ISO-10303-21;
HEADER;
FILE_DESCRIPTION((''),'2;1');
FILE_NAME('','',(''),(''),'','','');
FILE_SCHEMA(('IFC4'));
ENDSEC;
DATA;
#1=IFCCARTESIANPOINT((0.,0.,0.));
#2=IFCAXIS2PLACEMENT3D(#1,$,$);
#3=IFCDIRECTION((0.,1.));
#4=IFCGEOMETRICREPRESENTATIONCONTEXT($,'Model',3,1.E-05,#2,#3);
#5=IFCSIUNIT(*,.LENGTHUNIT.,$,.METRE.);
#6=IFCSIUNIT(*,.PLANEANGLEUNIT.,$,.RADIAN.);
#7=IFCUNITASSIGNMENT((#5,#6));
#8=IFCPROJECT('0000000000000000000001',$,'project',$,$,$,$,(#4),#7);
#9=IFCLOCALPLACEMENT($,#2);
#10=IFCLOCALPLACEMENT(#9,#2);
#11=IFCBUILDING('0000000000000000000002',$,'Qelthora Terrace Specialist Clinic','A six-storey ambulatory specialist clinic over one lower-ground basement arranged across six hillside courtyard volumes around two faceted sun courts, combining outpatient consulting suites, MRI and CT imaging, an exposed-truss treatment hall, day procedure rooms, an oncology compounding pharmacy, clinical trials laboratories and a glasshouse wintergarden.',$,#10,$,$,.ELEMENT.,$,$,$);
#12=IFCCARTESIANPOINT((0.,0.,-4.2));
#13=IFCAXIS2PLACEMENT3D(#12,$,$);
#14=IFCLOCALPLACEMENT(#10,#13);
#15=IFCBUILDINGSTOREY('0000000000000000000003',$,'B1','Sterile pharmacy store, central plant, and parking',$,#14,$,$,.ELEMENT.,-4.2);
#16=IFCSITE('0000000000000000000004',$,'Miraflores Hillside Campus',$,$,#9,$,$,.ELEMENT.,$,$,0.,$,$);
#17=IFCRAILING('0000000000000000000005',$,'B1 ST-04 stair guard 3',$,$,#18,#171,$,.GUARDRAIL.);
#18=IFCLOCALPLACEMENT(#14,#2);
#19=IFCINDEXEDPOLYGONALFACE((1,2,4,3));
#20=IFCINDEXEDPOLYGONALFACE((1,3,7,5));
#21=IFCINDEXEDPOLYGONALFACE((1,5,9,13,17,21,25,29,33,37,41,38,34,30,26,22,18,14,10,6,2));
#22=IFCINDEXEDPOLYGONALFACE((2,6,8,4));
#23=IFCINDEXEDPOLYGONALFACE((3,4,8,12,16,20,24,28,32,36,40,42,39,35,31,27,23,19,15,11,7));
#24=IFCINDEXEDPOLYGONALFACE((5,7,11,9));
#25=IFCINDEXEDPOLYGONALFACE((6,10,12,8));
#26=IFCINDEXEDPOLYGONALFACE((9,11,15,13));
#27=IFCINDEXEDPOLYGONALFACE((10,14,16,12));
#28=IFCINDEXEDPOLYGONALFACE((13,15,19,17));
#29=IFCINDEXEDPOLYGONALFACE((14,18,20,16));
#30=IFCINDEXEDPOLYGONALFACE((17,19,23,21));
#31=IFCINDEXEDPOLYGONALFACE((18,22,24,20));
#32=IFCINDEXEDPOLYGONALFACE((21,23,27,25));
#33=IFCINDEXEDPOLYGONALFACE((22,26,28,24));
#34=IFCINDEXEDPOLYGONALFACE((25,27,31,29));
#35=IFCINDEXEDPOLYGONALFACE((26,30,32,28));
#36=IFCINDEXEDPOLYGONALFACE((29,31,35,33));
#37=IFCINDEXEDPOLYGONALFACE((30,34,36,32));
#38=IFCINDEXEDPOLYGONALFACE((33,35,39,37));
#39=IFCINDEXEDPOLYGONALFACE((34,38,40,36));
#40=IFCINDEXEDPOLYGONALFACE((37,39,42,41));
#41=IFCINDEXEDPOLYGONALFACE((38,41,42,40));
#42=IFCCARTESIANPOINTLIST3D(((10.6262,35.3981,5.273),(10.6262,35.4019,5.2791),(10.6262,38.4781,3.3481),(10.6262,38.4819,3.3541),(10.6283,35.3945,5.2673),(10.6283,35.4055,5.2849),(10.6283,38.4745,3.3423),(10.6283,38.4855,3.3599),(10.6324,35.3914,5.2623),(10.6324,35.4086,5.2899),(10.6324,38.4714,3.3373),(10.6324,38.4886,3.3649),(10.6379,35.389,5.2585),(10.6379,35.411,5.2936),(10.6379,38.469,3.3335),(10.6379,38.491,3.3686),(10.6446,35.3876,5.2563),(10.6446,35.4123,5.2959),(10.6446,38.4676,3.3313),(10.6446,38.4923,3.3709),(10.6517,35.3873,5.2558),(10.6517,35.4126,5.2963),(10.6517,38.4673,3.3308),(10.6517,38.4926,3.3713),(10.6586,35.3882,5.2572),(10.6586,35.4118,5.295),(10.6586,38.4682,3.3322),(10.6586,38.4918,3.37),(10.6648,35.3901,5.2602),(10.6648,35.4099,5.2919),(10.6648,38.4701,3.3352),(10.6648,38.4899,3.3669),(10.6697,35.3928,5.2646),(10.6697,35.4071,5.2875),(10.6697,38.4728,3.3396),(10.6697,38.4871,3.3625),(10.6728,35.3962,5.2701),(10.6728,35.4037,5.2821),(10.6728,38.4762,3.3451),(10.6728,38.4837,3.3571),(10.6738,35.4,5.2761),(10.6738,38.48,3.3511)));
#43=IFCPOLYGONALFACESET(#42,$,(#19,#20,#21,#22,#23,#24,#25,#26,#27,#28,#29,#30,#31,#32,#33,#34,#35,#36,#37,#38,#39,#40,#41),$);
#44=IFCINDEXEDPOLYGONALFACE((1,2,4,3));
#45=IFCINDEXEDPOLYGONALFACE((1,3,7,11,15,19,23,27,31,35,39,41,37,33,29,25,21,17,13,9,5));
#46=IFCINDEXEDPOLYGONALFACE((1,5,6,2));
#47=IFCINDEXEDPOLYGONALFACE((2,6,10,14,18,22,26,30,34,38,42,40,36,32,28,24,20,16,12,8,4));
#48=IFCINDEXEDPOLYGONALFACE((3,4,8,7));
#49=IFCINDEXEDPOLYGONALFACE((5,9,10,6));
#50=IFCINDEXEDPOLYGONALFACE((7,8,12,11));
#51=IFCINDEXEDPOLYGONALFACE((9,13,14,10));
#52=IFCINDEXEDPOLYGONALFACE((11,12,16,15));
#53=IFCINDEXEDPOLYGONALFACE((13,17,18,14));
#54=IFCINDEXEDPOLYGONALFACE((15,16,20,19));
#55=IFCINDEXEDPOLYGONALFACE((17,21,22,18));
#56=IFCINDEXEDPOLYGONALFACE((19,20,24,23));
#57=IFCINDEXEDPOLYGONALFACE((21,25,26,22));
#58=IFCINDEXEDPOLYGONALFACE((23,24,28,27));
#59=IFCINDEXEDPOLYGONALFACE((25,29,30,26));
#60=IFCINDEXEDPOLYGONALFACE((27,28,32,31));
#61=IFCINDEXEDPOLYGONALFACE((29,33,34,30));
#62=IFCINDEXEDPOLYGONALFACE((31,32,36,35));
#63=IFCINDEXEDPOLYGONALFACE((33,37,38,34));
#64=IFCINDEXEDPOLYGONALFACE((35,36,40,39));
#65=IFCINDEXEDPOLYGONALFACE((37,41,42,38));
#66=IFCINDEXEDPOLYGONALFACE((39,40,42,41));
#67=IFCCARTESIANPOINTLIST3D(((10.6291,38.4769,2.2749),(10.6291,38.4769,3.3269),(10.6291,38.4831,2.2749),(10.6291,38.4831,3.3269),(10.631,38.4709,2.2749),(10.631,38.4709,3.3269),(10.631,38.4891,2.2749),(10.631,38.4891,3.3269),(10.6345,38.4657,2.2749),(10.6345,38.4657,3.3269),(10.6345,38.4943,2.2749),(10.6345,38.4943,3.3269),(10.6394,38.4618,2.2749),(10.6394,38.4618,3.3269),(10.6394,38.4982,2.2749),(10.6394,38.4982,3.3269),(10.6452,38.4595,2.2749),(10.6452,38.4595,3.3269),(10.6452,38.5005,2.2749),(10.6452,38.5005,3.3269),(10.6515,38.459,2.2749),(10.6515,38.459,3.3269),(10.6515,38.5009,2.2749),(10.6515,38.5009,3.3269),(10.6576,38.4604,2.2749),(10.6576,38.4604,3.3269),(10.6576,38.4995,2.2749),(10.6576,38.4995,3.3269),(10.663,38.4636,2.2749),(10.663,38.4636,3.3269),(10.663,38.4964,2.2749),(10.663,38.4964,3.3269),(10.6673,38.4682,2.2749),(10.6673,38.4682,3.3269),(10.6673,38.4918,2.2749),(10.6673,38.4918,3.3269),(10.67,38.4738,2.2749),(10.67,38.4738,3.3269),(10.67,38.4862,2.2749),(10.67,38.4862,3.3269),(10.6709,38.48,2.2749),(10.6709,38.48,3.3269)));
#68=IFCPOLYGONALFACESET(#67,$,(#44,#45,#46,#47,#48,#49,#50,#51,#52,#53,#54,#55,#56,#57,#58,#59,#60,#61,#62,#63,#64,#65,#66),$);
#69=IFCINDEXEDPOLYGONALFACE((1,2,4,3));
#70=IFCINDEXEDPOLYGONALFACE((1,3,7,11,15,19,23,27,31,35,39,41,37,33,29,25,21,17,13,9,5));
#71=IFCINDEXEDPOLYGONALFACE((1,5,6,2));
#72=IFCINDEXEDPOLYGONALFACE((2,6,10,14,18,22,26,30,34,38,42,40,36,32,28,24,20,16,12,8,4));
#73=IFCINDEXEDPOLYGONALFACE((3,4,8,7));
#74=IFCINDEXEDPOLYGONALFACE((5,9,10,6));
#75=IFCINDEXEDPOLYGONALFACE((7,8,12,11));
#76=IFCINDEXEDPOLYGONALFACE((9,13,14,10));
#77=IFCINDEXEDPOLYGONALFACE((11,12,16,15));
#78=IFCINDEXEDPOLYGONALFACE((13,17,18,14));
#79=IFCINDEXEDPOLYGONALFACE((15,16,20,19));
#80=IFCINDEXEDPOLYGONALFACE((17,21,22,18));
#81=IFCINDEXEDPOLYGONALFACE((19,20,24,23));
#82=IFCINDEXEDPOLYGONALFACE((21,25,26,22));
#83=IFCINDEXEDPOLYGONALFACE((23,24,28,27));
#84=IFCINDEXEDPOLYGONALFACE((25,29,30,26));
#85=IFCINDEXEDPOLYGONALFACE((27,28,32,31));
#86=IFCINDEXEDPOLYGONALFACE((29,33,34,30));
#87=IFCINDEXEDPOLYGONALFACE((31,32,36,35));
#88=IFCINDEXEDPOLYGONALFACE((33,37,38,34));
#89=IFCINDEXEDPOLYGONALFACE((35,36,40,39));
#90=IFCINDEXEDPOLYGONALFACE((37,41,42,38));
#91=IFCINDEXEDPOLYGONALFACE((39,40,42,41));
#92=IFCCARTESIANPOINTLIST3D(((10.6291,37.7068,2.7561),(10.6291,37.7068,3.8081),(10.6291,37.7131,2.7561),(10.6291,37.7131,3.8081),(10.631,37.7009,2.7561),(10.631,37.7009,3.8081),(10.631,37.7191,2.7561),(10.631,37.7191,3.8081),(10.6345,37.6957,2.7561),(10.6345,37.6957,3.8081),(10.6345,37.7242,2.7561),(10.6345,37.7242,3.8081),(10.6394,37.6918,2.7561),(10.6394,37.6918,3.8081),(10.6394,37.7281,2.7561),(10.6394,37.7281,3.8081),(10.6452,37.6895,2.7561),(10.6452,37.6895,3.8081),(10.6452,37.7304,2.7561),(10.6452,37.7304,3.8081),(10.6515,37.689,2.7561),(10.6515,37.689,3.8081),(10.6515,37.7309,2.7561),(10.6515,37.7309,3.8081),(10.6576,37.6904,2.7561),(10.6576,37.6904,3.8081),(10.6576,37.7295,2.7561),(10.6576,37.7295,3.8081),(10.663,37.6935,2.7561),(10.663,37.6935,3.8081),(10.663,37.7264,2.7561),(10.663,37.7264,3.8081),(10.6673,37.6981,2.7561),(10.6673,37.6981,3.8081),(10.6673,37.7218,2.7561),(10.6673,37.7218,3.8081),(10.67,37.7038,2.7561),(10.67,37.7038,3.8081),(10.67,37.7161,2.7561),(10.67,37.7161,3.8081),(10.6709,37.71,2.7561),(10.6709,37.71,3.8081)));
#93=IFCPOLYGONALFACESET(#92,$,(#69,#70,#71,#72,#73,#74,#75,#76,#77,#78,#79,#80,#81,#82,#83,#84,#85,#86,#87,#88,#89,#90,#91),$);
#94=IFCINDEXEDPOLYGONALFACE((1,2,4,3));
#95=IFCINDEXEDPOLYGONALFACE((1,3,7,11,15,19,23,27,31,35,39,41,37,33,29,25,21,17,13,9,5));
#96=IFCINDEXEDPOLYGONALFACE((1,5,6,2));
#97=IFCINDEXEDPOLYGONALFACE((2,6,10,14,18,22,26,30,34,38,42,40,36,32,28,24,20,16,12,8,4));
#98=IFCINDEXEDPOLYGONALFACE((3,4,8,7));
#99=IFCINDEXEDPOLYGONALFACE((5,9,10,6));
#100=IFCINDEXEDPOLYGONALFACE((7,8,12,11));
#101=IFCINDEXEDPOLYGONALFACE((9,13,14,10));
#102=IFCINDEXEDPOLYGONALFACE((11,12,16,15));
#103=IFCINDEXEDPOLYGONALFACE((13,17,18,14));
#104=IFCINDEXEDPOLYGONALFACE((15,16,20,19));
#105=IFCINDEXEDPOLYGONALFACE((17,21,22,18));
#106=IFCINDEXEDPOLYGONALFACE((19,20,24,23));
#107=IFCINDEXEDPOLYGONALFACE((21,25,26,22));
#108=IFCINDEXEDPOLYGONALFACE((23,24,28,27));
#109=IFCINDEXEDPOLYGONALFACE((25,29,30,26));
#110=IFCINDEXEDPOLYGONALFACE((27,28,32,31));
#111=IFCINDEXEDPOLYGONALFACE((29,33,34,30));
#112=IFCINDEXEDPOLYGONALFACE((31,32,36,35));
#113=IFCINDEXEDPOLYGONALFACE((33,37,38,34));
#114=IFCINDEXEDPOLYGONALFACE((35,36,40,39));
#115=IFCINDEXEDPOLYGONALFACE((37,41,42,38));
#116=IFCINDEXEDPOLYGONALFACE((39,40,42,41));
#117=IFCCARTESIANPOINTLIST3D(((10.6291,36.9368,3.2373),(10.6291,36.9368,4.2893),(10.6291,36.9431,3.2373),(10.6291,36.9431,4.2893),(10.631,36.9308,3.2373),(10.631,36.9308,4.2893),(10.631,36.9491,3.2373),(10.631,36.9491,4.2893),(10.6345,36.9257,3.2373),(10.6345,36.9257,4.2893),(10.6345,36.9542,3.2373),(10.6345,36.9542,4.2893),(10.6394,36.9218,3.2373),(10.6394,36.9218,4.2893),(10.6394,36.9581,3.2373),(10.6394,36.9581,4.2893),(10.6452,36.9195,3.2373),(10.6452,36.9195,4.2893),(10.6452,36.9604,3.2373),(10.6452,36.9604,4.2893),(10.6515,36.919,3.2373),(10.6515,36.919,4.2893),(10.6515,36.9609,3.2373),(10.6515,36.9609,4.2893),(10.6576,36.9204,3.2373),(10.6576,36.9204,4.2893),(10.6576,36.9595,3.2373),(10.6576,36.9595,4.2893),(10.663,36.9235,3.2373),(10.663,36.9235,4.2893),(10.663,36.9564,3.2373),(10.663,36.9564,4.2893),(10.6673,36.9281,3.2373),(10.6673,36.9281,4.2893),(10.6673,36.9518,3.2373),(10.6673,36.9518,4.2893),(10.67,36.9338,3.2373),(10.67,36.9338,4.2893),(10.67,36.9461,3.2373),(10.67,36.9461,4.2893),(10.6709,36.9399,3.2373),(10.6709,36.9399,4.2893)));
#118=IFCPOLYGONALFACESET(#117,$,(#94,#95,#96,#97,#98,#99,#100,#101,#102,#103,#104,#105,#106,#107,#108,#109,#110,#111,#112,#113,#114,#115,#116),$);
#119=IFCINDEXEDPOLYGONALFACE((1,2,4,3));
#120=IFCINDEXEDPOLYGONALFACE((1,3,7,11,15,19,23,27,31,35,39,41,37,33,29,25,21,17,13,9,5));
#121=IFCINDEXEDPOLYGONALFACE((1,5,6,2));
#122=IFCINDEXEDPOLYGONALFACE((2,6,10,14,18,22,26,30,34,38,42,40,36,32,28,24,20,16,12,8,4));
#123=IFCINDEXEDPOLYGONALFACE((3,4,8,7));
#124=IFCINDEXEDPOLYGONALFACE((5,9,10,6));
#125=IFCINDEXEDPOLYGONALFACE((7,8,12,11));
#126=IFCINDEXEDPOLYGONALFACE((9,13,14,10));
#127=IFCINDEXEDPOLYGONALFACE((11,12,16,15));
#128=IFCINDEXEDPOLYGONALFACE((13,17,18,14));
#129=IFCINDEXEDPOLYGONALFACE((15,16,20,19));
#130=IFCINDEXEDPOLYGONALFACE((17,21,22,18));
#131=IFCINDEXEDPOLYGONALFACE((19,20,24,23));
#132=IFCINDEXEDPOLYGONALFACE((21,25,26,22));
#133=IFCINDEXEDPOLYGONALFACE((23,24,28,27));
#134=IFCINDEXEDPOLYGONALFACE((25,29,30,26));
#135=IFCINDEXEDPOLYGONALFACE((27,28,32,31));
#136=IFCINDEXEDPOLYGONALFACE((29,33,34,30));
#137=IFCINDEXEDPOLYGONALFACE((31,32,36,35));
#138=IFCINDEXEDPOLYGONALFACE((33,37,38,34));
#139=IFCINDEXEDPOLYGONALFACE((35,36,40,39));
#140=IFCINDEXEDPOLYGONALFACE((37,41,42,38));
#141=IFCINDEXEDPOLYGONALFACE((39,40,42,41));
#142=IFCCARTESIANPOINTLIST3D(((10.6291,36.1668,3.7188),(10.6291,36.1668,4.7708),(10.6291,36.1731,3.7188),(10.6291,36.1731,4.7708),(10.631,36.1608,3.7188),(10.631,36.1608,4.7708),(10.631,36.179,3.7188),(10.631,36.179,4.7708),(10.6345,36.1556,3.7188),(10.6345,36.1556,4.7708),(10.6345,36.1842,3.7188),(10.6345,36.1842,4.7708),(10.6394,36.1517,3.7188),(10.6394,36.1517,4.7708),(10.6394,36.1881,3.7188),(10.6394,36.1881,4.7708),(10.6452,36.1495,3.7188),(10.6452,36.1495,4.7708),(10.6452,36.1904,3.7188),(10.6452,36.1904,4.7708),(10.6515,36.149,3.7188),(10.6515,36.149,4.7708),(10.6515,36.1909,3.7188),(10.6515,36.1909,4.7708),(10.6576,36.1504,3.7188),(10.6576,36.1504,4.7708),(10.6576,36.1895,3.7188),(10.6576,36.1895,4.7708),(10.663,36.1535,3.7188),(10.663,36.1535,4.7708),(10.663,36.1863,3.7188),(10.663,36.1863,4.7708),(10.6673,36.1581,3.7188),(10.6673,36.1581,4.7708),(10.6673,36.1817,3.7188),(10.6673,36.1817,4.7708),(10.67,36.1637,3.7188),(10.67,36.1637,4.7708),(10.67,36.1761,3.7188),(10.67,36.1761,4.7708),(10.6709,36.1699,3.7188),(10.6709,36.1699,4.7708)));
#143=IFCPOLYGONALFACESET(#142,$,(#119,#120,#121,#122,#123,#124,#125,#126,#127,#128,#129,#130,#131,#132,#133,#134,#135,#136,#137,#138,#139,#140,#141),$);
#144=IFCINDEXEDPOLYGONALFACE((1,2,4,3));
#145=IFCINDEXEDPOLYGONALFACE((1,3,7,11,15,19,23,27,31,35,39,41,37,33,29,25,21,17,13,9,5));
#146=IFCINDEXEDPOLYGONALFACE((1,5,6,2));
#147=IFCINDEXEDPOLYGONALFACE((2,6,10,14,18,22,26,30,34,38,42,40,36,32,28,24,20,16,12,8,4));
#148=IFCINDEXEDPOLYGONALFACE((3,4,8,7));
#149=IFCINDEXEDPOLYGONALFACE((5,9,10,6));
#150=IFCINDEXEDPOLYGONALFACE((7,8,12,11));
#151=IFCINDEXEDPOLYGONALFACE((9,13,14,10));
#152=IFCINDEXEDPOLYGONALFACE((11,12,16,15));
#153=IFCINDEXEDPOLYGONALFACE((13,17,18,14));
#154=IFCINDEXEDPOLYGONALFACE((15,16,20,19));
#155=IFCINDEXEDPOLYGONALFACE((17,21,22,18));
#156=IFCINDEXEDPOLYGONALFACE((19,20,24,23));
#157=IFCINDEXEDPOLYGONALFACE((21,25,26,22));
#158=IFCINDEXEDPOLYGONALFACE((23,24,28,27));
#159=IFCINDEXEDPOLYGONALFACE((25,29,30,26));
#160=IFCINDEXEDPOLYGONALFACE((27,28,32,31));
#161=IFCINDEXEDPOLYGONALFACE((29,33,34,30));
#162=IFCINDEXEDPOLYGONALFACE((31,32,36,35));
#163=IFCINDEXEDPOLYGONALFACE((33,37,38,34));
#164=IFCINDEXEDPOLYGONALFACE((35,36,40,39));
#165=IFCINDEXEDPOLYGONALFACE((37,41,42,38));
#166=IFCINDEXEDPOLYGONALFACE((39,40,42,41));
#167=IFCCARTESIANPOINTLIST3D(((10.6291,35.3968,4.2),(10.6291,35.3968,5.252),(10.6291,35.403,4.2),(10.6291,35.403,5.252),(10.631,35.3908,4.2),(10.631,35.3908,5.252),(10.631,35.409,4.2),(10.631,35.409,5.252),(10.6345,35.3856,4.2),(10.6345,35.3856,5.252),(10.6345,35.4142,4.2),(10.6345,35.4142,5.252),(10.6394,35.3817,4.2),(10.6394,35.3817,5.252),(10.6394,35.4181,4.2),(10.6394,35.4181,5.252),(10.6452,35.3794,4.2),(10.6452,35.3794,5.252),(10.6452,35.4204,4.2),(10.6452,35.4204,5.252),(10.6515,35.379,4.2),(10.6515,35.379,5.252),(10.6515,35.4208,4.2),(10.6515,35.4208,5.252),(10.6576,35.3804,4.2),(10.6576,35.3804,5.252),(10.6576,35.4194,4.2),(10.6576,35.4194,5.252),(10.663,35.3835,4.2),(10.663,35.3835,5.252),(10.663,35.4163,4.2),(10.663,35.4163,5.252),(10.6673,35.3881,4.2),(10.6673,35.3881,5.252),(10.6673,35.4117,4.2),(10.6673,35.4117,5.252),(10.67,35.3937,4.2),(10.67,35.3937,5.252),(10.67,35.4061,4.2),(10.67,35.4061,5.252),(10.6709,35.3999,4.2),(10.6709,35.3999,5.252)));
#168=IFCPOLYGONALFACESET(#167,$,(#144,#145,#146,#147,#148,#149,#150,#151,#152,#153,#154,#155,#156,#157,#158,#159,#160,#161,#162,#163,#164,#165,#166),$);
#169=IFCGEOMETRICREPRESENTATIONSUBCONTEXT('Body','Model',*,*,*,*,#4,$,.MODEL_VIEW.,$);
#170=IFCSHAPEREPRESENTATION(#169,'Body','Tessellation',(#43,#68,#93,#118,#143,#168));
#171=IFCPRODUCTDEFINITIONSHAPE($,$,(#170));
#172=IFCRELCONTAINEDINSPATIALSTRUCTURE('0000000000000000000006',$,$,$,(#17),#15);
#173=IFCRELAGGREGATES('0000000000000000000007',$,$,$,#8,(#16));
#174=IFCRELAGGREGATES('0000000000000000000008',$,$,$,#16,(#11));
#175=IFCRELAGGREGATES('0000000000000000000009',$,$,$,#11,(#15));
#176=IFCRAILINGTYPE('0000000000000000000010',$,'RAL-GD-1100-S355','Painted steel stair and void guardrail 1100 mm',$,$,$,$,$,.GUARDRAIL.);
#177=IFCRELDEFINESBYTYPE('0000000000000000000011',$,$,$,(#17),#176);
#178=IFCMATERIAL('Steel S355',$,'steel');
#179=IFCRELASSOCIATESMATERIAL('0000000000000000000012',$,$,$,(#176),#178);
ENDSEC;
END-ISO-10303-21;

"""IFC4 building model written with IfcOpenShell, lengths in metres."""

from ifc_helpers import new_model, si_unit, direction, frame, origin, origin_2d, place, context, subcontext, project, spatial, circle, extrude, material, type_object, element, save


model = new_model("IFC4")

# Units and contexts
model_context = context("Model", 3, precision=1e-05, world=origin(), true_north=direction((0.0, 1.0)))
body_context = subcontext(model_context, "Body", "Model", "MODEL_VIEW")
ifc_project = project(units=[si_unit("LENGTHUNIT", "METRE"), si_unit("PLANEANGLEUNIT", "RADIAN")], contexts=[model_context])

# Site, building, storey
site_placement = place(None, origin())
site = spatial("IfcSite", under=ifc_project, at=site_placement, Name="Miraflores Hillside Campus", CompositionType="ELEMENT", RefElevation=0.0)
building_placement = place(site_placement, origin())
building = spatial("IfcBuilding", under=site, at=building_placement, Name="Qelthora Terrace Specialist Clinic", Description="A six-storey ambulatory specialist clinic over one lower-ground basement arranged across six hillside courtyard volumes around two faceted sun courts, combining outpatient consulting suites, MRI and CT imaging, an exposed-truss treatment hall, day procedure rooms, an oncology compounding pharmacy, clinical trials laboratories and a glasshouse wintergarden.", CompositionType="ELEMENT")
storey_placement = place(building_placement, frame((0.0, 0.0, -4.2)))
storey = spatial("IfcBuildingStorey", under=building, at=storey_placement, Name="B1", Description="Sterile pharmacy store, central plant, and parking", CompositionType="ELEMENT", Elevation=-4.2)

# Shared definitions
ifc_material_1 = material(Name="Steel S355", Category="steel")

# Railing
railing_type_1 = type_object("IfcRailingType", Name="RAL-GD-1100-S355", Description="Painted steel stair and void guardrail 1100 mm", PredefinedType="GUARDRAIL", material=ifc_material_1)
railing_1_placement = place(storey_placement, frame((10.6499, 38.48, 2.2749)))
element("IfcRailing", 1, at=railing_1_placement, inside=storey, type_object=railing_type_1, Name="B1 ST-04 stair guard 3", PredefinedType="GUARDRAIL", context=body_context, shape_type="SweptSolid", body=[
    extrude(circle(Radius=0.0239, at=origin_2d()), frame((0.0, 0.0, 1.0762), z_axis=(0.0, -0.847998, 0.529999), x_axis=(1.0, 0.0, 0.0)), (0.0, 0.0, 1.0), 3.6321),
    extrude(circle(Radius=0.021, at=origin_2d()), origin(), (0.0, 0.0, 1.0), 1.052),
    extrude(circle(Radius=0.021, at=origin_2d()), frame((0.0, -0.77, 0.4812)), (0.0, 0.0, 1.0), 1.052),
    extrude(circle(Radius=0.021, at=origin_2d()), frame((0.0, -1.54, 0.9624)), (0.0, 0.0, 1.0), 1.052),
    extrude(circle(Radius=0.021, at=origin_2d()), frame((0.0, -2.3101, 1.4438)), (0.0, 0.0, 1.0), 1.052),
    extrude(circle(Radius=0.021, at=origin_2d()), frame((0.0, -3.0801, 1.925)), (0.0, 0.0, 1.0), 1.052),
])

save(model, "model.ifc")
